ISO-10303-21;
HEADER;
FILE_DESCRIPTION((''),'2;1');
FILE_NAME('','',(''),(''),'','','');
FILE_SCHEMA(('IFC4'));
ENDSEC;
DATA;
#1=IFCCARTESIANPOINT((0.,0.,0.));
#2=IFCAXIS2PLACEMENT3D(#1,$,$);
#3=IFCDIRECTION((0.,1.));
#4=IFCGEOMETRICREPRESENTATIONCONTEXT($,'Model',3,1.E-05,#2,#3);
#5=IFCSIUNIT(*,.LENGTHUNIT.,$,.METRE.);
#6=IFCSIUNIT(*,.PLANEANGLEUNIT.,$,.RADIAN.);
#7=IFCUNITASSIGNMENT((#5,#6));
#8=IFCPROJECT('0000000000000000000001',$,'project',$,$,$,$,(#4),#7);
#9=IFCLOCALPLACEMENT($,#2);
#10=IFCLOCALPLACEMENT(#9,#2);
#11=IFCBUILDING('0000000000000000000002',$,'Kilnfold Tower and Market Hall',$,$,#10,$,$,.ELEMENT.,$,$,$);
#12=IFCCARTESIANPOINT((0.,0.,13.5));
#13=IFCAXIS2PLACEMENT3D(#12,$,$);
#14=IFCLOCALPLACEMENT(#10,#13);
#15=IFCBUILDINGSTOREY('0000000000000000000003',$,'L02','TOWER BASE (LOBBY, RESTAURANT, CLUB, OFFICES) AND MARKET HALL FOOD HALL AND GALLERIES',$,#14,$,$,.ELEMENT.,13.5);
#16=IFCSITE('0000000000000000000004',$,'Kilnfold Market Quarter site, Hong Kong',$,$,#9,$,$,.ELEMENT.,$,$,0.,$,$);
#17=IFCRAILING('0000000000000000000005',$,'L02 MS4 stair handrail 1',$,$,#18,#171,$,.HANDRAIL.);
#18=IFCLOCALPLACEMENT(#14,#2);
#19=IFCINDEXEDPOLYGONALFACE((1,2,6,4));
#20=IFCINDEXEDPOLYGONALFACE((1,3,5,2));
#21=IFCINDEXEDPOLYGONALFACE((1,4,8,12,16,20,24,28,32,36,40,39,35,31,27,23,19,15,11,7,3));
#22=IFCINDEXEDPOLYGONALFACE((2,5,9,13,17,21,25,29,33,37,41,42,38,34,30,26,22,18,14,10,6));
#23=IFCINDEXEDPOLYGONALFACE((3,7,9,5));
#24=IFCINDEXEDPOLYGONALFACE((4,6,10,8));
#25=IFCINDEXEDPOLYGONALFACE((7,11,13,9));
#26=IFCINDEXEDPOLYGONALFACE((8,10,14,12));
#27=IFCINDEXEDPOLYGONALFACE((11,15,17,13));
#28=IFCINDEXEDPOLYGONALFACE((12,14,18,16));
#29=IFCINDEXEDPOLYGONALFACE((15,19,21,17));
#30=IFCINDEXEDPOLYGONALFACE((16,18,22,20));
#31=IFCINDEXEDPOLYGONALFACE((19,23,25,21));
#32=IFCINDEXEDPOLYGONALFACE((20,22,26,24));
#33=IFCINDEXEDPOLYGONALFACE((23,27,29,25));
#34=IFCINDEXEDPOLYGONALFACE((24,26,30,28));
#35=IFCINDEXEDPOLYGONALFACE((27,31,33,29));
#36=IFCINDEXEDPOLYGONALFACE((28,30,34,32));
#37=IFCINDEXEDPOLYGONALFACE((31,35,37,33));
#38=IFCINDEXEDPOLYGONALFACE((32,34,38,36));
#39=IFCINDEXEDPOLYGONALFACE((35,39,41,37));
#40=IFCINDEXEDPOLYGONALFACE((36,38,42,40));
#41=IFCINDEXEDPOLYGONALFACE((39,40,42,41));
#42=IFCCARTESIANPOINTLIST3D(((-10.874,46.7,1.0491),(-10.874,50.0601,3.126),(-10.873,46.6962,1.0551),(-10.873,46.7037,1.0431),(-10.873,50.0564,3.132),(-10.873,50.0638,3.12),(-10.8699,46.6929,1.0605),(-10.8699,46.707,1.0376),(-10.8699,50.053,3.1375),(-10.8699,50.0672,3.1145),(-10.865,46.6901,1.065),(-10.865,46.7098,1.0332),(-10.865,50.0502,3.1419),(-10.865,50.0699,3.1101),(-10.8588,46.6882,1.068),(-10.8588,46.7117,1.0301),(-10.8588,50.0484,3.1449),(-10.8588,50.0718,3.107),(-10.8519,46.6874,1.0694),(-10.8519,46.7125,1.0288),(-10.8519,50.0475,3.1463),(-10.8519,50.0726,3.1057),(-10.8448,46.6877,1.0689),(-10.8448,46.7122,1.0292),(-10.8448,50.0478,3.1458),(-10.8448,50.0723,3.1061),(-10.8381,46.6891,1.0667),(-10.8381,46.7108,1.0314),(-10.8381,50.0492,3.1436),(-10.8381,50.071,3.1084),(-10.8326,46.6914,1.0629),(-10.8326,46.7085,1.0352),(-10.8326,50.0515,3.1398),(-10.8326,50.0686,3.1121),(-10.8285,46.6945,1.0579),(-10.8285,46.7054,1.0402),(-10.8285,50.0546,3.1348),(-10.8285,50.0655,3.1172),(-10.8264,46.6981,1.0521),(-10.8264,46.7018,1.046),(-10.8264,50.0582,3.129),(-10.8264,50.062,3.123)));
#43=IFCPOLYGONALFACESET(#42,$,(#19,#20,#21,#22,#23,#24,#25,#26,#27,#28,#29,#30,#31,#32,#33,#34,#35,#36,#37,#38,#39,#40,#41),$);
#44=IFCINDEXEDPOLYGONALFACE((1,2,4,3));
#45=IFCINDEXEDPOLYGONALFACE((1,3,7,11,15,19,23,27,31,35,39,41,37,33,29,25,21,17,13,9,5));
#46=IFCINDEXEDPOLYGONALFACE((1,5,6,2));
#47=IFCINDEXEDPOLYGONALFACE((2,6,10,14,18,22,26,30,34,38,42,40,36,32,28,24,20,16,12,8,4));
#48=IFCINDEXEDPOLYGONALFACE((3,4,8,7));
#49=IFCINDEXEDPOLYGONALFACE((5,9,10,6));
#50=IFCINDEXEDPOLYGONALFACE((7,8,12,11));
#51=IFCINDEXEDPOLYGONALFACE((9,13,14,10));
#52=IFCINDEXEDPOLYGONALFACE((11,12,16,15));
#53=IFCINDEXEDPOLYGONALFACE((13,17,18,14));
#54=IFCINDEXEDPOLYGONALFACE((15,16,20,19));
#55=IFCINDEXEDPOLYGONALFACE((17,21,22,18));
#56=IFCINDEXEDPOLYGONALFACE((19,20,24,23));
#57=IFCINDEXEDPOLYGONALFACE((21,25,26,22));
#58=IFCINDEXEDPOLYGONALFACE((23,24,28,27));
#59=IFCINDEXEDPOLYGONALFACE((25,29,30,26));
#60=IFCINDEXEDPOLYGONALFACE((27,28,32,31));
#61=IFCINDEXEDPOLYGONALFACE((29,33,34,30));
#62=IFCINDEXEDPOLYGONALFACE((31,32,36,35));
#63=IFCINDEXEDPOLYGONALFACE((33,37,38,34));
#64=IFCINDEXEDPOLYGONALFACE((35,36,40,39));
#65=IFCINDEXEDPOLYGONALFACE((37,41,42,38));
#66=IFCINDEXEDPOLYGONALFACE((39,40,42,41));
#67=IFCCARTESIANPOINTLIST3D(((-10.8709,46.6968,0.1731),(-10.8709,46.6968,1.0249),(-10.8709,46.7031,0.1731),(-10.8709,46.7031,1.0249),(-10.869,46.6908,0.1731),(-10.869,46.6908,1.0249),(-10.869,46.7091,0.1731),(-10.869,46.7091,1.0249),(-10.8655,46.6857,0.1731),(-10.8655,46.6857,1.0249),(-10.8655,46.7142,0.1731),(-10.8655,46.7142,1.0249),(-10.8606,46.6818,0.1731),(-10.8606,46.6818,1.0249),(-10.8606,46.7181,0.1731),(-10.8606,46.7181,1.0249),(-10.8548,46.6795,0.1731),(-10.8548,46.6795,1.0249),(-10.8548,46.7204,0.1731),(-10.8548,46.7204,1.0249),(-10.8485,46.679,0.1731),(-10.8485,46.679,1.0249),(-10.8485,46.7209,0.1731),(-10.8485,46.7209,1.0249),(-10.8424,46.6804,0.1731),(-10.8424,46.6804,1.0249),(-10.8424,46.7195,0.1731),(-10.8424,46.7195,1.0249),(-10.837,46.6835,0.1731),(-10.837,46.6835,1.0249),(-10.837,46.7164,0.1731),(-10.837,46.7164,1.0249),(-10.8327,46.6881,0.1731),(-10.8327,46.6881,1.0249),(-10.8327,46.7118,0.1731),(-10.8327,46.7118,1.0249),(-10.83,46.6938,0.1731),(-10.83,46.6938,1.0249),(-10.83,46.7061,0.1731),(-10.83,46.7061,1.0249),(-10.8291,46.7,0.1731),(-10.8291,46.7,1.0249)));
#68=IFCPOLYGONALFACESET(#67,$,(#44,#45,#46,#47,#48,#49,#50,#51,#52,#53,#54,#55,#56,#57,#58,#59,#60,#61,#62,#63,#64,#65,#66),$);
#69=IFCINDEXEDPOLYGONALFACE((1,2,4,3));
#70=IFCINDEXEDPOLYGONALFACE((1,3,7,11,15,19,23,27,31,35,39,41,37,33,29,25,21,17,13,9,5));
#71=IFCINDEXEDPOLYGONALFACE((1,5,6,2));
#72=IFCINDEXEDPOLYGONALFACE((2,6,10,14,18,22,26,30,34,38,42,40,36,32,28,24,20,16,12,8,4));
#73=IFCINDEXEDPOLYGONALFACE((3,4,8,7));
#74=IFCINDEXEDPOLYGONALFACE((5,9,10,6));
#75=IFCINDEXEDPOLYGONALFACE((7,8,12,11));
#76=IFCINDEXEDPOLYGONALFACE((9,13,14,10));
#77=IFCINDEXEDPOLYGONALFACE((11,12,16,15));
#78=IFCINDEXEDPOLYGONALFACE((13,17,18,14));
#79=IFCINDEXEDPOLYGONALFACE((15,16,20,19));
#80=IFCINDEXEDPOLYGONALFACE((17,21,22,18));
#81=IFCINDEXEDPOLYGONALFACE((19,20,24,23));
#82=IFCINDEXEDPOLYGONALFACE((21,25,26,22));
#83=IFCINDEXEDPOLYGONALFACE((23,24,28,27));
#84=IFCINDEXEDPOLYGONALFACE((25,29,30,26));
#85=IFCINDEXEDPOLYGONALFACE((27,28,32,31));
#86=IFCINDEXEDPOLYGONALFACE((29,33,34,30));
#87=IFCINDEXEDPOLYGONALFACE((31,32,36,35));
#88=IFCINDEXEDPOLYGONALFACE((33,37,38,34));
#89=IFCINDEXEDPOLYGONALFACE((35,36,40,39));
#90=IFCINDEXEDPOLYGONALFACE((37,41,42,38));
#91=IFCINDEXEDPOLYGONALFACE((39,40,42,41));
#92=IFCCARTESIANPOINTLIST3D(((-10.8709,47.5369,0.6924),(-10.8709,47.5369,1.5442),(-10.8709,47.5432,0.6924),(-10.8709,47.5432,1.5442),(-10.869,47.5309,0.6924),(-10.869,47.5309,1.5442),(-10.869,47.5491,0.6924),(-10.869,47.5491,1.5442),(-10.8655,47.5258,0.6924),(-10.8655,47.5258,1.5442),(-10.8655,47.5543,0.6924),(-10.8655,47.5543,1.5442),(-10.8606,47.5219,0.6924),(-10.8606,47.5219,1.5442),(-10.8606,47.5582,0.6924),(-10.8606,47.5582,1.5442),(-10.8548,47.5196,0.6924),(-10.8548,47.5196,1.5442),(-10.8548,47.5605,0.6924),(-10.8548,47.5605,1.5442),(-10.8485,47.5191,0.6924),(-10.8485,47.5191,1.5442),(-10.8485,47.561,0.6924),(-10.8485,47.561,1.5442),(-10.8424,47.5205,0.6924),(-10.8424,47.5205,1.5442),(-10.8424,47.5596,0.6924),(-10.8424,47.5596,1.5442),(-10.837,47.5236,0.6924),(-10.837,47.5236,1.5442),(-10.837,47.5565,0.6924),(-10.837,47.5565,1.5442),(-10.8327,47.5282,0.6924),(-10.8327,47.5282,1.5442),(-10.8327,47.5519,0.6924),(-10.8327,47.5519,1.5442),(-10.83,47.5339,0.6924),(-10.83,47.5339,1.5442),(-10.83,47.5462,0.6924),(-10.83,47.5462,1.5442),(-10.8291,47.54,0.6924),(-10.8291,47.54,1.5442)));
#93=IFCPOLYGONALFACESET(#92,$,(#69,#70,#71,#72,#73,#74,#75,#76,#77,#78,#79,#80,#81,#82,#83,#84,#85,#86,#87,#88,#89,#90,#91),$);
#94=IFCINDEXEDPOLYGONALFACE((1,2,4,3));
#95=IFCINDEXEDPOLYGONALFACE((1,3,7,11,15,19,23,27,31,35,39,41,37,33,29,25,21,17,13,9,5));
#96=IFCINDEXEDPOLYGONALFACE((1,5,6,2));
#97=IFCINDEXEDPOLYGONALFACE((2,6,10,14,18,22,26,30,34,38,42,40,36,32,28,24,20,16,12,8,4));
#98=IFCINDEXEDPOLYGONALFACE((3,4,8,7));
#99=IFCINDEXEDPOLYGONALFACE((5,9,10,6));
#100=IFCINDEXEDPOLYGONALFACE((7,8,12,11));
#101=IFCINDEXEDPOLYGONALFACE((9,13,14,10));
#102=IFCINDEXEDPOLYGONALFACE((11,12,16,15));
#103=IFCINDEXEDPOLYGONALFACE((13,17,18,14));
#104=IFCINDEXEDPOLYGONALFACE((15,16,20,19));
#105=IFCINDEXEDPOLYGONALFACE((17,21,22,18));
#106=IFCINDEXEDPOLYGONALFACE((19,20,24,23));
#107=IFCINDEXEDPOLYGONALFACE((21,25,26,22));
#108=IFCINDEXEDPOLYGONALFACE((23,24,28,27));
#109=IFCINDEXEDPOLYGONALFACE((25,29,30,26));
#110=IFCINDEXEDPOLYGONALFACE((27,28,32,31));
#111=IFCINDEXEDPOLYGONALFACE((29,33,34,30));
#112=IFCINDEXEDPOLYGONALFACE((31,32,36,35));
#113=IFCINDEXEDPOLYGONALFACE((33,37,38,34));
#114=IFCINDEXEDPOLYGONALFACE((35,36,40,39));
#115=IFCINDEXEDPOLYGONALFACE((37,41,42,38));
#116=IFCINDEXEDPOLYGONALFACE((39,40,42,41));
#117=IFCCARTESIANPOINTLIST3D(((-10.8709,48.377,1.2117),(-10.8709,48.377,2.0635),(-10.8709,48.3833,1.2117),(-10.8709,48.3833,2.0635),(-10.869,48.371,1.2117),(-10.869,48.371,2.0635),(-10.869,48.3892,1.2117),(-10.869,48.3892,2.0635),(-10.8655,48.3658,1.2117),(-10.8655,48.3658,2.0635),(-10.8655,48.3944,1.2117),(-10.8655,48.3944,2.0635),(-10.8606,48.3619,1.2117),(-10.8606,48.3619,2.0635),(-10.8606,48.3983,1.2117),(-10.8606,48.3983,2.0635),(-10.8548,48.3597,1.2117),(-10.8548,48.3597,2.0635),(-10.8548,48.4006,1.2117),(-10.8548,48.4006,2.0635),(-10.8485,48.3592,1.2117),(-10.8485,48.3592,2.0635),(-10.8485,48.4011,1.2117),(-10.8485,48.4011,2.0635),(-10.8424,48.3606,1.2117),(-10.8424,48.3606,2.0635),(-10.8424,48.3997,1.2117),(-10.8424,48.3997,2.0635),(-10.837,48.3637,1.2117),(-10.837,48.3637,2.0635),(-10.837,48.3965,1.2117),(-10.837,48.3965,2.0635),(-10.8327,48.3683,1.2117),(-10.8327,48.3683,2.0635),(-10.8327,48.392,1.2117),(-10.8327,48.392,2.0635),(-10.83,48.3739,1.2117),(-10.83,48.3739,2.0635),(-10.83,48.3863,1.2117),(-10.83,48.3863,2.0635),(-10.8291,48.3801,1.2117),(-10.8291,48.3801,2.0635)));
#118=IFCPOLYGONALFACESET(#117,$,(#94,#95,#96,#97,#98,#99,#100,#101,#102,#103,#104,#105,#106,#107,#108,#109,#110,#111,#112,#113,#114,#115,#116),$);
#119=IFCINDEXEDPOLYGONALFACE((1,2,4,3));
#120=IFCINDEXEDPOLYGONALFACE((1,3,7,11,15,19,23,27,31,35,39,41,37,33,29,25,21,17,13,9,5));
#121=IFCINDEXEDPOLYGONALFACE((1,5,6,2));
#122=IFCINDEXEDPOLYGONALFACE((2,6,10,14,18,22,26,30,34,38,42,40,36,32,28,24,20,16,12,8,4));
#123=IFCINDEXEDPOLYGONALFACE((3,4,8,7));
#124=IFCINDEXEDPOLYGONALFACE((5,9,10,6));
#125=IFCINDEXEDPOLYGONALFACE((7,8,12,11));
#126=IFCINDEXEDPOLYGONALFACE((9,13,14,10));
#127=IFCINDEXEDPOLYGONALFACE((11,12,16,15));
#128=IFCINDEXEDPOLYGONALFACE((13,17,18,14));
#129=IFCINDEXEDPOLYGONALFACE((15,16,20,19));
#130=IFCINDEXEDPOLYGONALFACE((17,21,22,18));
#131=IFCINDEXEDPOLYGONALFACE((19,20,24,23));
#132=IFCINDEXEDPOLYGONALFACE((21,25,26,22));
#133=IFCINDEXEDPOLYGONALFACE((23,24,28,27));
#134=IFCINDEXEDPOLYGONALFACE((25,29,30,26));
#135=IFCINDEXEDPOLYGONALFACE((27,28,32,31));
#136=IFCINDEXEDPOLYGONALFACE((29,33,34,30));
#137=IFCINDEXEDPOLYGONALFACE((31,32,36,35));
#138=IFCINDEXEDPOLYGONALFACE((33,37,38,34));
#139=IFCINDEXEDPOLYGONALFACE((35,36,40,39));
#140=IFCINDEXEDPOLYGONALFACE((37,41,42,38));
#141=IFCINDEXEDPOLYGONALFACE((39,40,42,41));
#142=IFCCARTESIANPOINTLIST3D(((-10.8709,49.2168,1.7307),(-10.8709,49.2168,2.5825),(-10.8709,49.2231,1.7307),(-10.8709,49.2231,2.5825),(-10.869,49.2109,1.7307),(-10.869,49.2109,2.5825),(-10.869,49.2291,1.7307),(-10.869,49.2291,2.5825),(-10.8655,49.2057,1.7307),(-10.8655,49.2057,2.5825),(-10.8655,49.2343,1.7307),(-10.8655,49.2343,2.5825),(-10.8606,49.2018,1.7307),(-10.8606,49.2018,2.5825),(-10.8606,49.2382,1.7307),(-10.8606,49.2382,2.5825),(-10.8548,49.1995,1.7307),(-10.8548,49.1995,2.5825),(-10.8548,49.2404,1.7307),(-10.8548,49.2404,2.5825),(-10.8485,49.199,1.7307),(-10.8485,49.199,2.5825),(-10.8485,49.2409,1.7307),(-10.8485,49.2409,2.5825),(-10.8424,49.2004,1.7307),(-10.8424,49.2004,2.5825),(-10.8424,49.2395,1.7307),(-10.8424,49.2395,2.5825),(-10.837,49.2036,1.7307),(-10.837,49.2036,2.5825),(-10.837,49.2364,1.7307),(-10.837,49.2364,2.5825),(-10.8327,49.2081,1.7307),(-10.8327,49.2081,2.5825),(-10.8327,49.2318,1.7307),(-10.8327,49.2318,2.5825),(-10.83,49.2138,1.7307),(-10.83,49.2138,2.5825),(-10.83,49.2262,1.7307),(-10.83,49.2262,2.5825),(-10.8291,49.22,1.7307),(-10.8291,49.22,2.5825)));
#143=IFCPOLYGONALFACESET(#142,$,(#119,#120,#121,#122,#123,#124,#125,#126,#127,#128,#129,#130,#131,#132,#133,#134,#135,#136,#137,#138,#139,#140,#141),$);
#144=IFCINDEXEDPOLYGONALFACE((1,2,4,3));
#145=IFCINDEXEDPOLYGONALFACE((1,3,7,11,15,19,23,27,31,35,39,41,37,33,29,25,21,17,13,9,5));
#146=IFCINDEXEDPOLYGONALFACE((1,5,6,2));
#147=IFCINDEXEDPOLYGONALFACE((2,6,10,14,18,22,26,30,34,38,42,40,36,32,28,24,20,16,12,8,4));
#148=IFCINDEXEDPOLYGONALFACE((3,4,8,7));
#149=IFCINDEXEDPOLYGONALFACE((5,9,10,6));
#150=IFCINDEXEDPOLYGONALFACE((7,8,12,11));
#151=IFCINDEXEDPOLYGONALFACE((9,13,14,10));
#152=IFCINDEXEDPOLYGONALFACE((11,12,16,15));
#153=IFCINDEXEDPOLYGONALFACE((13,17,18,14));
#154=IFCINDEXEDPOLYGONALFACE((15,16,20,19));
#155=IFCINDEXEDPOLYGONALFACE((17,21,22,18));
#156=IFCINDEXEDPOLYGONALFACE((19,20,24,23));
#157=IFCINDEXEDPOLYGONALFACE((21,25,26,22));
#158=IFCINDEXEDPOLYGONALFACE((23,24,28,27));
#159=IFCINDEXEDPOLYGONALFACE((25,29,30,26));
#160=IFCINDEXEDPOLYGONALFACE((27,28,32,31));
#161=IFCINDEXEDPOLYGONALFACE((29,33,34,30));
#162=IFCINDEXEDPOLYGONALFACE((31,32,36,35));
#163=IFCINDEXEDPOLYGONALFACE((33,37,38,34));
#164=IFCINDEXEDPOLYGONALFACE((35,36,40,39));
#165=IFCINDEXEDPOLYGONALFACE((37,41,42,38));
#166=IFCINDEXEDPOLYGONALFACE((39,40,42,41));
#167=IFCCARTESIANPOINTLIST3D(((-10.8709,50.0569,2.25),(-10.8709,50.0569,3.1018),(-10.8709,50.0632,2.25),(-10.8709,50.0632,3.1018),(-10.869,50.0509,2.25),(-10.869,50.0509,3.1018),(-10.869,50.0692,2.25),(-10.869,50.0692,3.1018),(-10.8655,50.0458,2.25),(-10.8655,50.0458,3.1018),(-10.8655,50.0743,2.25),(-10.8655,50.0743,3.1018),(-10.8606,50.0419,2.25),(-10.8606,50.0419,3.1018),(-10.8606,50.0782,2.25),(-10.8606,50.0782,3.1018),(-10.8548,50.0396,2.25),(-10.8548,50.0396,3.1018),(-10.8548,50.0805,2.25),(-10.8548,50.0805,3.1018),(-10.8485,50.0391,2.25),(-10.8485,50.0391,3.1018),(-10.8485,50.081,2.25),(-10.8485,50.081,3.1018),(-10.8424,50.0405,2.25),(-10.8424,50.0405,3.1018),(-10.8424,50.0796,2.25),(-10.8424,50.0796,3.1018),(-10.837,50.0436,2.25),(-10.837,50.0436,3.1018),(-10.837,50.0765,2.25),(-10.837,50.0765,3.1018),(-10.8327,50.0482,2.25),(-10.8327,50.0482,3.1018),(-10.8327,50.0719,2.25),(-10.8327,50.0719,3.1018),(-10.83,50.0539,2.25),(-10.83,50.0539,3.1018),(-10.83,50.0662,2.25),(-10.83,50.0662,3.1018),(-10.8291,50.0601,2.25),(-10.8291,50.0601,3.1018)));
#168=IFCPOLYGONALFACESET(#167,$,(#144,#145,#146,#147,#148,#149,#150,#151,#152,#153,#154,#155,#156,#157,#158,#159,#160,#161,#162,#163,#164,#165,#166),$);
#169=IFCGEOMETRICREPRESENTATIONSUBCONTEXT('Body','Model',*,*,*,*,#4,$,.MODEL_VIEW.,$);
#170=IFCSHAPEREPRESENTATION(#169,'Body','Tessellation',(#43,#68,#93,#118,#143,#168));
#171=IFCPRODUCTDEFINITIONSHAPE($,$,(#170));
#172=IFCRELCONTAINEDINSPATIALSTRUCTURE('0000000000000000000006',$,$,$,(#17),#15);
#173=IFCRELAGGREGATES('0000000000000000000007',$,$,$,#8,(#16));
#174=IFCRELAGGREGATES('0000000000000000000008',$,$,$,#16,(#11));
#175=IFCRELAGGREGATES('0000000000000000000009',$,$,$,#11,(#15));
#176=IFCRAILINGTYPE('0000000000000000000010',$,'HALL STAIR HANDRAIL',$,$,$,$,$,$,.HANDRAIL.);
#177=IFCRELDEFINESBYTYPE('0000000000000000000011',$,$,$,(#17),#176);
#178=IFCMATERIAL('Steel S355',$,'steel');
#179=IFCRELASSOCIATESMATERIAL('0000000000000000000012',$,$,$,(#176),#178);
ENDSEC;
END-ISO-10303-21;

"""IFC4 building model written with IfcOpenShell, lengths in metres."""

from ifc_helpers import new_model, si_unit, direction, frame, origin, origin_2d, place, context, subcontext, project, spatial, circle, extrude, material, type_object, element, save


model = new_model("IFC4")

# Units and contexts
model_context = context("Model", 3, precision=1e-05, world=origin(), true_north=direction((0.0, 1.0)))
body_context = subcontext(model_context, "Body", "Model", "MODEL_VIEW")
ifc_project = project(units=[si_unit("LENGTHUNIT", "METRE"), si_unit("PLANEANGLEUNIT", "RADIAN")], contexts=[model_context])

# Site, building, storey
site_placement = place(None, origin())
site = spatial("IfcSite", under=ifc_project, at=site_placement, Name="Kilnfold Market Quarter site, Hong Kong", CompositionType="ELEMENT", RefElevation=0.0)
building_placement = place(site_placement, origin())
building = spatial("IfcBuilding", under=site, at=building_placement, Name="Kilnfold Tower and Market Hall", CompositionType="ELEMENT")
storey_placement = place(building_placement, frame((0.0, 0.0, 13.5)))
storey = spatial("IfcBuildingStorey", under=building, at=storey_placement, Name="L02", Description="TOWER BASE (LOBBY, RESTAURANT, CLUB, OFFICES) AND MARKET HALL FOOD HALL AND GALLERIES", CompositionType="ELEMENT", Elevation=13.5)

# Railing
ifc_material_1 = material(Name="Steel S355", Category="steel")
railing_type_1 = type_object("IfcRailingType", Name="HALL STAIR HANDRAIL", PredefinedType="HANDRAIL", material=ifc_material_1)
railing_1_placement = place(storey_placement, frame((-10.8501, 46.7, 0.1731)))
element("IfcRailing", 1, at=railing_1_placement, inside=storey, type_object=railing_type_1, Name="L02 MS4 stair handrail 1", PredefinedType="HANDRAIL", context=body_context, shape_type="SweptSolid", body=[
    extrude(circle(Radius=0.0239, at=origin_2d()), frame((0.0, 0.0, 0.876), z_axis=(0.0, 0.850623, 0.525776), x_axis=(-1.0, 0.0, 0.0)), (0.0, 0.0, 1.0), 3.9502),
    extrude(circle(Radius=0.021, at=origin_2d()), origin(), (0.0, 0.0, 1.0), 0.8518),
    extrude(circle(Radius=0.021, at=origin_2d()), frame((0.0, 0.8401, 0.5193)), (0.0, 0.0, 1.0), 0.8518),
    extrude(circle(Radius=0.021, at=origin_2d()), frame((0.0, 1.6802, 1.0386)), (0.0, 0.0, 1.0), 0.8518),
    extrude(circle(Radius=0.021, at=origin_2d()), frame((0.0, 2.52, 1.5576)), (0.0, 0.0, 1.0), 0.8518),
    extrude(circle(Radius=0.021, at=origin_2d()), frame((0.0, 3.3601, 2.0769)), (0.0, 0.0, 1.0), 0.8518),
])

save(model, "model.ifc")
